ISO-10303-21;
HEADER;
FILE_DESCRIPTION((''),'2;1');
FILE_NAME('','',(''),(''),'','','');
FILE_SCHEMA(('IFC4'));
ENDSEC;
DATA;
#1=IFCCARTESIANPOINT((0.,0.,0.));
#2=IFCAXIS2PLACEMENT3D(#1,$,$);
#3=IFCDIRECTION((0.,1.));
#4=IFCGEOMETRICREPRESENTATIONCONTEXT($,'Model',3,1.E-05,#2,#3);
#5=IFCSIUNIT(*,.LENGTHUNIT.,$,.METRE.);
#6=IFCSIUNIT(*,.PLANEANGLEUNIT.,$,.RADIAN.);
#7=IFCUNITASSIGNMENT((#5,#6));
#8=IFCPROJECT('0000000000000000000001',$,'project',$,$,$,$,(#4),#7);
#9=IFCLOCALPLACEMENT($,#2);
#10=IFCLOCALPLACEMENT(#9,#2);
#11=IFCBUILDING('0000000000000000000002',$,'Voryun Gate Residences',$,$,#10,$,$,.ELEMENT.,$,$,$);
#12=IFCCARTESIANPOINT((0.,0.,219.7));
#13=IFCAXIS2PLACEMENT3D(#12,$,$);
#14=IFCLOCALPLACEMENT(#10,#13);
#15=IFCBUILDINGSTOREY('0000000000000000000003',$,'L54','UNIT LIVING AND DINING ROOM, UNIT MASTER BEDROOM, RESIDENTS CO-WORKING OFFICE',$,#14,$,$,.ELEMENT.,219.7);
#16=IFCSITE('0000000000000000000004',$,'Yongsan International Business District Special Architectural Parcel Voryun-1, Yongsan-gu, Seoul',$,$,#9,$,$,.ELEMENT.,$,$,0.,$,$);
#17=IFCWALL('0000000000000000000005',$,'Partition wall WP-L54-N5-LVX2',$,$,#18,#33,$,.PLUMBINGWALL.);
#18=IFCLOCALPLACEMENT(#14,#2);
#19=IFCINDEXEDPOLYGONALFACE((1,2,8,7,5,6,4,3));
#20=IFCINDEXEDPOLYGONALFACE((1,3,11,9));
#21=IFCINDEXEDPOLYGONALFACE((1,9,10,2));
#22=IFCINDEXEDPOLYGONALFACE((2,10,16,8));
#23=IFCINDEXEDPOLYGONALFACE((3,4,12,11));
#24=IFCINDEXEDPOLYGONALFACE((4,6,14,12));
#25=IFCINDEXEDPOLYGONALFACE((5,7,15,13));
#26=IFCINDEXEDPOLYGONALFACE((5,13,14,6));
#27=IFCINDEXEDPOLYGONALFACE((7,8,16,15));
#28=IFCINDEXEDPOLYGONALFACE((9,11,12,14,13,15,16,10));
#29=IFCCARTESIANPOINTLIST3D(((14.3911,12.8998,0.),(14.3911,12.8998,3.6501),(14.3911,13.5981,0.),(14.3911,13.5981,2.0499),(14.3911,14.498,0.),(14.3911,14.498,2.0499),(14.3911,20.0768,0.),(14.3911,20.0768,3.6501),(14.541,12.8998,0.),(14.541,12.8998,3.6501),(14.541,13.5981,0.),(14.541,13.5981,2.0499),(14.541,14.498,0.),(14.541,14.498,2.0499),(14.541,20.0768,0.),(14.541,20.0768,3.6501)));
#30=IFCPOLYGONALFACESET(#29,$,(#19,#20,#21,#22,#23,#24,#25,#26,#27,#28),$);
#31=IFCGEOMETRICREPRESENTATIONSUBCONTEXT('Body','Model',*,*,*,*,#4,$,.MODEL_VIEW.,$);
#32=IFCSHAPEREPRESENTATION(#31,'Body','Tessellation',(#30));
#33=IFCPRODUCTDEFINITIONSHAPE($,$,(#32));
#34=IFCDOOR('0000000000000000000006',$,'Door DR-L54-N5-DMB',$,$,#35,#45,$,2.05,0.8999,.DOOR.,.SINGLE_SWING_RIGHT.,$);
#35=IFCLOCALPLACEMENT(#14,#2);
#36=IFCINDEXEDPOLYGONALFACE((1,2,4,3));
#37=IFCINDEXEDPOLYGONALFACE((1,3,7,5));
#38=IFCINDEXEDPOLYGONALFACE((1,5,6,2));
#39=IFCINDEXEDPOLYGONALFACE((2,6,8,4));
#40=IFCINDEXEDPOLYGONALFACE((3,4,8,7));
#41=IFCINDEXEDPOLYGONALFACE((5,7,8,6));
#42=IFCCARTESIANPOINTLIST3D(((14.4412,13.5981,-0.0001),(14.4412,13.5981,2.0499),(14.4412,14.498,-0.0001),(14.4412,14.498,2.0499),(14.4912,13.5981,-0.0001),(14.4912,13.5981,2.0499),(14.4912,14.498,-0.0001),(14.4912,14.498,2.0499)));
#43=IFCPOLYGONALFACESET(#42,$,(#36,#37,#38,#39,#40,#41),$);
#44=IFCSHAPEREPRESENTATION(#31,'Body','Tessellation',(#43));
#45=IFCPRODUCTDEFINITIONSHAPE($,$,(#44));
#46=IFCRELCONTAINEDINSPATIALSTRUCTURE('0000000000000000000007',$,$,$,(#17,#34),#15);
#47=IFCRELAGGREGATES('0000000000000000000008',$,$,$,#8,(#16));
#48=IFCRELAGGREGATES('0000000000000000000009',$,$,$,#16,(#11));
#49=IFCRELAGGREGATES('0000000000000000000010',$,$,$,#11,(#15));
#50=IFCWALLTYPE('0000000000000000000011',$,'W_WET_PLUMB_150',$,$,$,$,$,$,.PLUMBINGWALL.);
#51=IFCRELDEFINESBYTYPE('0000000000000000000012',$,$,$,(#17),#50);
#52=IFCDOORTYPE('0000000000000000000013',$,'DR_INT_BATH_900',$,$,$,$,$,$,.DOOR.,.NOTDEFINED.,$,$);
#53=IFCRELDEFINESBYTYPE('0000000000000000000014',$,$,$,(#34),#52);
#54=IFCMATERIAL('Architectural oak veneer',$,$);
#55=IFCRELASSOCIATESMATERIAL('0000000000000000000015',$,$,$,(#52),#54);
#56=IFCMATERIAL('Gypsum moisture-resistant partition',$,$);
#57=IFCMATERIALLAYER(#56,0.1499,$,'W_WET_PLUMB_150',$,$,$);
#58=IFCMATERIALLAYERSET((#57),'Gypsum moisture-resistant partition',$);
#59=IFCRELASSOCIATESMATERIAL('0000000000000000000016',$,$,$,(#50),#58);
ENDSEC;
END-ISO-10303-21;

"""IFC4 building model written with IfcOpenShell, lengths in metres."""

from ifc_helpers import new_model, si_unit, direction, frame, frame_2d, origin, place, context, subcontext, project, spatial, rectangle, extrude, material, layer, layer_set, type_object, element, fill, save


model = new_model("IFC4")

# Units and contexts
model_context = context("Model", 3, precision=1e-05, world=origin(), true_north=direction((0.0, 1.0)))
body_context = subcontext(model_context, "Body", "Model", "MODEL_VIEW")
ifc_project = project(units=[si_unit("LENGTHUNIT", "METRE"), si_unit("PLANEANGLEUNIT", "RADIAN")], contexts=[model_context])

# Site, building, storey
site_placement = place(None, origin())
site = spatial("IfcSite", under=ifc_project, at=site_placement, Name="Yongsan International Business District Special Architectural Parcel Voryun-1, Yongsan-gu, Seoul", CompositionType="ELEMENT", RefElevation=0.0)
building_placement = place(site_placement, origin())
building = spatial("IfcBuilding", under=site, at=building_placement, Name="Voryun Gate Residences", CompositionType="ELEMENT")
storey_placement = place(building_placement, frame((0.0, 0.0, 219.7)))
storey = spatial("IfcBuildingStorey", under=building, at=storey_placement, Name="L54", Description="UNIT LIVING AND DINING ROOM, UNIT MASTER BEDROOM, RESIDENTS CO-WORKING OFFICE", CompositionType="ELEMENT", Elevation=219.7)

# Shared definitions
ifc_material_1 = material(Name="Architectural oak veneer")
door_type_1 = type_object("IfcDoorType", Name="DR_INT_BATH_900", OperationType="NOTDEFINED", PredefinedType="DOOR", material=ifc_material_1)

# Shared definitions
ifc_material_2 = material(Name="Gypsum moisture-resistant partition")
ifc_layer_1 = layer(ifc_material_2, 0.1499, Name="W_WET_PLUMB_150")
ifc_layer_set_1 = layer_set([ifc_layer_1], Name="Gypsum moisture-resistant partition")
wall_type_1 = type_object("IfcWallType", Name="W_WET_PLUMB_150", PredefinedType="PLUMBINGWALL", material=ifc_layer_set_1)

# Wall, opening, door
wall_1_placement = place(storey_placement, frame((14.4661, 12.8999, 0.0), z_axis=(0.0, 0.0, 1.0), x_axis=(0.0, 1.0, 0.0)))
wall_1 = element("IfcWall", 1, at=wall_1_placement, inside=storey, type_object=wall_type_1, Name="Partition wall WP-L54-N5-LVX2", PredefinedType="PLUMBINGWALL", context=body_context, shape_type="SweptSolid", body=[
    extrude(rectangle(XDim=7.177, YDim=0.1499, at=frame_2d((3.5884, 0.0))), origin(), (0.0, 0.0, 1.0), 3.6501),
])
opening_1_placement = place(wall_1_placement, frame((0.6982, 0.0, 0.0)))
opening_1 = element("IfcOpeningElement", 2, at=opening_1_placement, cuts=wall_1, PredefinedType="OPENING", context=body_context, shape_type="SweptSolid", body=[
    extrude(rectangle(XDim=0.8999, YDim=2.05, at=frame_2d((0.45, 1.0249))), frame((0.0, 0.085, 0.0), z_axis=(0.0, -1.0, 0.0), x_axis=(1.0, 0.0, 0.0)), (0.0, 0.0, 1.0), 0.1699),
])
door_1_placement = place(opening_1_placement, origin())
door_1 = element("IfcDoor", 3, at=door_1_placement, inside=storey, type_object=door_type_1, Name="Door DR-L54-N5-DMB", OperationType="SINGLE_SWING_RIGHT", OverallHeight=2.05, OverallWidth=0.8999, PredefinedType="DOOR", context=body_context, shape_type="SweptSolid", body=[
    extrude(rectangle(XDim=0.8999, YDim=2.05, at=frame_2d((0.45, 1.0249))), frame((0.0, 0.0249, 0.0), z_axis=(0.0, -1.0, 0.0), x_axis=(1.0, 0.0, 0.0)), (0.0, 0.0, 1.0), 0.05),
])
fill(opening_1, door_1)

save(model, "model.ifc")
